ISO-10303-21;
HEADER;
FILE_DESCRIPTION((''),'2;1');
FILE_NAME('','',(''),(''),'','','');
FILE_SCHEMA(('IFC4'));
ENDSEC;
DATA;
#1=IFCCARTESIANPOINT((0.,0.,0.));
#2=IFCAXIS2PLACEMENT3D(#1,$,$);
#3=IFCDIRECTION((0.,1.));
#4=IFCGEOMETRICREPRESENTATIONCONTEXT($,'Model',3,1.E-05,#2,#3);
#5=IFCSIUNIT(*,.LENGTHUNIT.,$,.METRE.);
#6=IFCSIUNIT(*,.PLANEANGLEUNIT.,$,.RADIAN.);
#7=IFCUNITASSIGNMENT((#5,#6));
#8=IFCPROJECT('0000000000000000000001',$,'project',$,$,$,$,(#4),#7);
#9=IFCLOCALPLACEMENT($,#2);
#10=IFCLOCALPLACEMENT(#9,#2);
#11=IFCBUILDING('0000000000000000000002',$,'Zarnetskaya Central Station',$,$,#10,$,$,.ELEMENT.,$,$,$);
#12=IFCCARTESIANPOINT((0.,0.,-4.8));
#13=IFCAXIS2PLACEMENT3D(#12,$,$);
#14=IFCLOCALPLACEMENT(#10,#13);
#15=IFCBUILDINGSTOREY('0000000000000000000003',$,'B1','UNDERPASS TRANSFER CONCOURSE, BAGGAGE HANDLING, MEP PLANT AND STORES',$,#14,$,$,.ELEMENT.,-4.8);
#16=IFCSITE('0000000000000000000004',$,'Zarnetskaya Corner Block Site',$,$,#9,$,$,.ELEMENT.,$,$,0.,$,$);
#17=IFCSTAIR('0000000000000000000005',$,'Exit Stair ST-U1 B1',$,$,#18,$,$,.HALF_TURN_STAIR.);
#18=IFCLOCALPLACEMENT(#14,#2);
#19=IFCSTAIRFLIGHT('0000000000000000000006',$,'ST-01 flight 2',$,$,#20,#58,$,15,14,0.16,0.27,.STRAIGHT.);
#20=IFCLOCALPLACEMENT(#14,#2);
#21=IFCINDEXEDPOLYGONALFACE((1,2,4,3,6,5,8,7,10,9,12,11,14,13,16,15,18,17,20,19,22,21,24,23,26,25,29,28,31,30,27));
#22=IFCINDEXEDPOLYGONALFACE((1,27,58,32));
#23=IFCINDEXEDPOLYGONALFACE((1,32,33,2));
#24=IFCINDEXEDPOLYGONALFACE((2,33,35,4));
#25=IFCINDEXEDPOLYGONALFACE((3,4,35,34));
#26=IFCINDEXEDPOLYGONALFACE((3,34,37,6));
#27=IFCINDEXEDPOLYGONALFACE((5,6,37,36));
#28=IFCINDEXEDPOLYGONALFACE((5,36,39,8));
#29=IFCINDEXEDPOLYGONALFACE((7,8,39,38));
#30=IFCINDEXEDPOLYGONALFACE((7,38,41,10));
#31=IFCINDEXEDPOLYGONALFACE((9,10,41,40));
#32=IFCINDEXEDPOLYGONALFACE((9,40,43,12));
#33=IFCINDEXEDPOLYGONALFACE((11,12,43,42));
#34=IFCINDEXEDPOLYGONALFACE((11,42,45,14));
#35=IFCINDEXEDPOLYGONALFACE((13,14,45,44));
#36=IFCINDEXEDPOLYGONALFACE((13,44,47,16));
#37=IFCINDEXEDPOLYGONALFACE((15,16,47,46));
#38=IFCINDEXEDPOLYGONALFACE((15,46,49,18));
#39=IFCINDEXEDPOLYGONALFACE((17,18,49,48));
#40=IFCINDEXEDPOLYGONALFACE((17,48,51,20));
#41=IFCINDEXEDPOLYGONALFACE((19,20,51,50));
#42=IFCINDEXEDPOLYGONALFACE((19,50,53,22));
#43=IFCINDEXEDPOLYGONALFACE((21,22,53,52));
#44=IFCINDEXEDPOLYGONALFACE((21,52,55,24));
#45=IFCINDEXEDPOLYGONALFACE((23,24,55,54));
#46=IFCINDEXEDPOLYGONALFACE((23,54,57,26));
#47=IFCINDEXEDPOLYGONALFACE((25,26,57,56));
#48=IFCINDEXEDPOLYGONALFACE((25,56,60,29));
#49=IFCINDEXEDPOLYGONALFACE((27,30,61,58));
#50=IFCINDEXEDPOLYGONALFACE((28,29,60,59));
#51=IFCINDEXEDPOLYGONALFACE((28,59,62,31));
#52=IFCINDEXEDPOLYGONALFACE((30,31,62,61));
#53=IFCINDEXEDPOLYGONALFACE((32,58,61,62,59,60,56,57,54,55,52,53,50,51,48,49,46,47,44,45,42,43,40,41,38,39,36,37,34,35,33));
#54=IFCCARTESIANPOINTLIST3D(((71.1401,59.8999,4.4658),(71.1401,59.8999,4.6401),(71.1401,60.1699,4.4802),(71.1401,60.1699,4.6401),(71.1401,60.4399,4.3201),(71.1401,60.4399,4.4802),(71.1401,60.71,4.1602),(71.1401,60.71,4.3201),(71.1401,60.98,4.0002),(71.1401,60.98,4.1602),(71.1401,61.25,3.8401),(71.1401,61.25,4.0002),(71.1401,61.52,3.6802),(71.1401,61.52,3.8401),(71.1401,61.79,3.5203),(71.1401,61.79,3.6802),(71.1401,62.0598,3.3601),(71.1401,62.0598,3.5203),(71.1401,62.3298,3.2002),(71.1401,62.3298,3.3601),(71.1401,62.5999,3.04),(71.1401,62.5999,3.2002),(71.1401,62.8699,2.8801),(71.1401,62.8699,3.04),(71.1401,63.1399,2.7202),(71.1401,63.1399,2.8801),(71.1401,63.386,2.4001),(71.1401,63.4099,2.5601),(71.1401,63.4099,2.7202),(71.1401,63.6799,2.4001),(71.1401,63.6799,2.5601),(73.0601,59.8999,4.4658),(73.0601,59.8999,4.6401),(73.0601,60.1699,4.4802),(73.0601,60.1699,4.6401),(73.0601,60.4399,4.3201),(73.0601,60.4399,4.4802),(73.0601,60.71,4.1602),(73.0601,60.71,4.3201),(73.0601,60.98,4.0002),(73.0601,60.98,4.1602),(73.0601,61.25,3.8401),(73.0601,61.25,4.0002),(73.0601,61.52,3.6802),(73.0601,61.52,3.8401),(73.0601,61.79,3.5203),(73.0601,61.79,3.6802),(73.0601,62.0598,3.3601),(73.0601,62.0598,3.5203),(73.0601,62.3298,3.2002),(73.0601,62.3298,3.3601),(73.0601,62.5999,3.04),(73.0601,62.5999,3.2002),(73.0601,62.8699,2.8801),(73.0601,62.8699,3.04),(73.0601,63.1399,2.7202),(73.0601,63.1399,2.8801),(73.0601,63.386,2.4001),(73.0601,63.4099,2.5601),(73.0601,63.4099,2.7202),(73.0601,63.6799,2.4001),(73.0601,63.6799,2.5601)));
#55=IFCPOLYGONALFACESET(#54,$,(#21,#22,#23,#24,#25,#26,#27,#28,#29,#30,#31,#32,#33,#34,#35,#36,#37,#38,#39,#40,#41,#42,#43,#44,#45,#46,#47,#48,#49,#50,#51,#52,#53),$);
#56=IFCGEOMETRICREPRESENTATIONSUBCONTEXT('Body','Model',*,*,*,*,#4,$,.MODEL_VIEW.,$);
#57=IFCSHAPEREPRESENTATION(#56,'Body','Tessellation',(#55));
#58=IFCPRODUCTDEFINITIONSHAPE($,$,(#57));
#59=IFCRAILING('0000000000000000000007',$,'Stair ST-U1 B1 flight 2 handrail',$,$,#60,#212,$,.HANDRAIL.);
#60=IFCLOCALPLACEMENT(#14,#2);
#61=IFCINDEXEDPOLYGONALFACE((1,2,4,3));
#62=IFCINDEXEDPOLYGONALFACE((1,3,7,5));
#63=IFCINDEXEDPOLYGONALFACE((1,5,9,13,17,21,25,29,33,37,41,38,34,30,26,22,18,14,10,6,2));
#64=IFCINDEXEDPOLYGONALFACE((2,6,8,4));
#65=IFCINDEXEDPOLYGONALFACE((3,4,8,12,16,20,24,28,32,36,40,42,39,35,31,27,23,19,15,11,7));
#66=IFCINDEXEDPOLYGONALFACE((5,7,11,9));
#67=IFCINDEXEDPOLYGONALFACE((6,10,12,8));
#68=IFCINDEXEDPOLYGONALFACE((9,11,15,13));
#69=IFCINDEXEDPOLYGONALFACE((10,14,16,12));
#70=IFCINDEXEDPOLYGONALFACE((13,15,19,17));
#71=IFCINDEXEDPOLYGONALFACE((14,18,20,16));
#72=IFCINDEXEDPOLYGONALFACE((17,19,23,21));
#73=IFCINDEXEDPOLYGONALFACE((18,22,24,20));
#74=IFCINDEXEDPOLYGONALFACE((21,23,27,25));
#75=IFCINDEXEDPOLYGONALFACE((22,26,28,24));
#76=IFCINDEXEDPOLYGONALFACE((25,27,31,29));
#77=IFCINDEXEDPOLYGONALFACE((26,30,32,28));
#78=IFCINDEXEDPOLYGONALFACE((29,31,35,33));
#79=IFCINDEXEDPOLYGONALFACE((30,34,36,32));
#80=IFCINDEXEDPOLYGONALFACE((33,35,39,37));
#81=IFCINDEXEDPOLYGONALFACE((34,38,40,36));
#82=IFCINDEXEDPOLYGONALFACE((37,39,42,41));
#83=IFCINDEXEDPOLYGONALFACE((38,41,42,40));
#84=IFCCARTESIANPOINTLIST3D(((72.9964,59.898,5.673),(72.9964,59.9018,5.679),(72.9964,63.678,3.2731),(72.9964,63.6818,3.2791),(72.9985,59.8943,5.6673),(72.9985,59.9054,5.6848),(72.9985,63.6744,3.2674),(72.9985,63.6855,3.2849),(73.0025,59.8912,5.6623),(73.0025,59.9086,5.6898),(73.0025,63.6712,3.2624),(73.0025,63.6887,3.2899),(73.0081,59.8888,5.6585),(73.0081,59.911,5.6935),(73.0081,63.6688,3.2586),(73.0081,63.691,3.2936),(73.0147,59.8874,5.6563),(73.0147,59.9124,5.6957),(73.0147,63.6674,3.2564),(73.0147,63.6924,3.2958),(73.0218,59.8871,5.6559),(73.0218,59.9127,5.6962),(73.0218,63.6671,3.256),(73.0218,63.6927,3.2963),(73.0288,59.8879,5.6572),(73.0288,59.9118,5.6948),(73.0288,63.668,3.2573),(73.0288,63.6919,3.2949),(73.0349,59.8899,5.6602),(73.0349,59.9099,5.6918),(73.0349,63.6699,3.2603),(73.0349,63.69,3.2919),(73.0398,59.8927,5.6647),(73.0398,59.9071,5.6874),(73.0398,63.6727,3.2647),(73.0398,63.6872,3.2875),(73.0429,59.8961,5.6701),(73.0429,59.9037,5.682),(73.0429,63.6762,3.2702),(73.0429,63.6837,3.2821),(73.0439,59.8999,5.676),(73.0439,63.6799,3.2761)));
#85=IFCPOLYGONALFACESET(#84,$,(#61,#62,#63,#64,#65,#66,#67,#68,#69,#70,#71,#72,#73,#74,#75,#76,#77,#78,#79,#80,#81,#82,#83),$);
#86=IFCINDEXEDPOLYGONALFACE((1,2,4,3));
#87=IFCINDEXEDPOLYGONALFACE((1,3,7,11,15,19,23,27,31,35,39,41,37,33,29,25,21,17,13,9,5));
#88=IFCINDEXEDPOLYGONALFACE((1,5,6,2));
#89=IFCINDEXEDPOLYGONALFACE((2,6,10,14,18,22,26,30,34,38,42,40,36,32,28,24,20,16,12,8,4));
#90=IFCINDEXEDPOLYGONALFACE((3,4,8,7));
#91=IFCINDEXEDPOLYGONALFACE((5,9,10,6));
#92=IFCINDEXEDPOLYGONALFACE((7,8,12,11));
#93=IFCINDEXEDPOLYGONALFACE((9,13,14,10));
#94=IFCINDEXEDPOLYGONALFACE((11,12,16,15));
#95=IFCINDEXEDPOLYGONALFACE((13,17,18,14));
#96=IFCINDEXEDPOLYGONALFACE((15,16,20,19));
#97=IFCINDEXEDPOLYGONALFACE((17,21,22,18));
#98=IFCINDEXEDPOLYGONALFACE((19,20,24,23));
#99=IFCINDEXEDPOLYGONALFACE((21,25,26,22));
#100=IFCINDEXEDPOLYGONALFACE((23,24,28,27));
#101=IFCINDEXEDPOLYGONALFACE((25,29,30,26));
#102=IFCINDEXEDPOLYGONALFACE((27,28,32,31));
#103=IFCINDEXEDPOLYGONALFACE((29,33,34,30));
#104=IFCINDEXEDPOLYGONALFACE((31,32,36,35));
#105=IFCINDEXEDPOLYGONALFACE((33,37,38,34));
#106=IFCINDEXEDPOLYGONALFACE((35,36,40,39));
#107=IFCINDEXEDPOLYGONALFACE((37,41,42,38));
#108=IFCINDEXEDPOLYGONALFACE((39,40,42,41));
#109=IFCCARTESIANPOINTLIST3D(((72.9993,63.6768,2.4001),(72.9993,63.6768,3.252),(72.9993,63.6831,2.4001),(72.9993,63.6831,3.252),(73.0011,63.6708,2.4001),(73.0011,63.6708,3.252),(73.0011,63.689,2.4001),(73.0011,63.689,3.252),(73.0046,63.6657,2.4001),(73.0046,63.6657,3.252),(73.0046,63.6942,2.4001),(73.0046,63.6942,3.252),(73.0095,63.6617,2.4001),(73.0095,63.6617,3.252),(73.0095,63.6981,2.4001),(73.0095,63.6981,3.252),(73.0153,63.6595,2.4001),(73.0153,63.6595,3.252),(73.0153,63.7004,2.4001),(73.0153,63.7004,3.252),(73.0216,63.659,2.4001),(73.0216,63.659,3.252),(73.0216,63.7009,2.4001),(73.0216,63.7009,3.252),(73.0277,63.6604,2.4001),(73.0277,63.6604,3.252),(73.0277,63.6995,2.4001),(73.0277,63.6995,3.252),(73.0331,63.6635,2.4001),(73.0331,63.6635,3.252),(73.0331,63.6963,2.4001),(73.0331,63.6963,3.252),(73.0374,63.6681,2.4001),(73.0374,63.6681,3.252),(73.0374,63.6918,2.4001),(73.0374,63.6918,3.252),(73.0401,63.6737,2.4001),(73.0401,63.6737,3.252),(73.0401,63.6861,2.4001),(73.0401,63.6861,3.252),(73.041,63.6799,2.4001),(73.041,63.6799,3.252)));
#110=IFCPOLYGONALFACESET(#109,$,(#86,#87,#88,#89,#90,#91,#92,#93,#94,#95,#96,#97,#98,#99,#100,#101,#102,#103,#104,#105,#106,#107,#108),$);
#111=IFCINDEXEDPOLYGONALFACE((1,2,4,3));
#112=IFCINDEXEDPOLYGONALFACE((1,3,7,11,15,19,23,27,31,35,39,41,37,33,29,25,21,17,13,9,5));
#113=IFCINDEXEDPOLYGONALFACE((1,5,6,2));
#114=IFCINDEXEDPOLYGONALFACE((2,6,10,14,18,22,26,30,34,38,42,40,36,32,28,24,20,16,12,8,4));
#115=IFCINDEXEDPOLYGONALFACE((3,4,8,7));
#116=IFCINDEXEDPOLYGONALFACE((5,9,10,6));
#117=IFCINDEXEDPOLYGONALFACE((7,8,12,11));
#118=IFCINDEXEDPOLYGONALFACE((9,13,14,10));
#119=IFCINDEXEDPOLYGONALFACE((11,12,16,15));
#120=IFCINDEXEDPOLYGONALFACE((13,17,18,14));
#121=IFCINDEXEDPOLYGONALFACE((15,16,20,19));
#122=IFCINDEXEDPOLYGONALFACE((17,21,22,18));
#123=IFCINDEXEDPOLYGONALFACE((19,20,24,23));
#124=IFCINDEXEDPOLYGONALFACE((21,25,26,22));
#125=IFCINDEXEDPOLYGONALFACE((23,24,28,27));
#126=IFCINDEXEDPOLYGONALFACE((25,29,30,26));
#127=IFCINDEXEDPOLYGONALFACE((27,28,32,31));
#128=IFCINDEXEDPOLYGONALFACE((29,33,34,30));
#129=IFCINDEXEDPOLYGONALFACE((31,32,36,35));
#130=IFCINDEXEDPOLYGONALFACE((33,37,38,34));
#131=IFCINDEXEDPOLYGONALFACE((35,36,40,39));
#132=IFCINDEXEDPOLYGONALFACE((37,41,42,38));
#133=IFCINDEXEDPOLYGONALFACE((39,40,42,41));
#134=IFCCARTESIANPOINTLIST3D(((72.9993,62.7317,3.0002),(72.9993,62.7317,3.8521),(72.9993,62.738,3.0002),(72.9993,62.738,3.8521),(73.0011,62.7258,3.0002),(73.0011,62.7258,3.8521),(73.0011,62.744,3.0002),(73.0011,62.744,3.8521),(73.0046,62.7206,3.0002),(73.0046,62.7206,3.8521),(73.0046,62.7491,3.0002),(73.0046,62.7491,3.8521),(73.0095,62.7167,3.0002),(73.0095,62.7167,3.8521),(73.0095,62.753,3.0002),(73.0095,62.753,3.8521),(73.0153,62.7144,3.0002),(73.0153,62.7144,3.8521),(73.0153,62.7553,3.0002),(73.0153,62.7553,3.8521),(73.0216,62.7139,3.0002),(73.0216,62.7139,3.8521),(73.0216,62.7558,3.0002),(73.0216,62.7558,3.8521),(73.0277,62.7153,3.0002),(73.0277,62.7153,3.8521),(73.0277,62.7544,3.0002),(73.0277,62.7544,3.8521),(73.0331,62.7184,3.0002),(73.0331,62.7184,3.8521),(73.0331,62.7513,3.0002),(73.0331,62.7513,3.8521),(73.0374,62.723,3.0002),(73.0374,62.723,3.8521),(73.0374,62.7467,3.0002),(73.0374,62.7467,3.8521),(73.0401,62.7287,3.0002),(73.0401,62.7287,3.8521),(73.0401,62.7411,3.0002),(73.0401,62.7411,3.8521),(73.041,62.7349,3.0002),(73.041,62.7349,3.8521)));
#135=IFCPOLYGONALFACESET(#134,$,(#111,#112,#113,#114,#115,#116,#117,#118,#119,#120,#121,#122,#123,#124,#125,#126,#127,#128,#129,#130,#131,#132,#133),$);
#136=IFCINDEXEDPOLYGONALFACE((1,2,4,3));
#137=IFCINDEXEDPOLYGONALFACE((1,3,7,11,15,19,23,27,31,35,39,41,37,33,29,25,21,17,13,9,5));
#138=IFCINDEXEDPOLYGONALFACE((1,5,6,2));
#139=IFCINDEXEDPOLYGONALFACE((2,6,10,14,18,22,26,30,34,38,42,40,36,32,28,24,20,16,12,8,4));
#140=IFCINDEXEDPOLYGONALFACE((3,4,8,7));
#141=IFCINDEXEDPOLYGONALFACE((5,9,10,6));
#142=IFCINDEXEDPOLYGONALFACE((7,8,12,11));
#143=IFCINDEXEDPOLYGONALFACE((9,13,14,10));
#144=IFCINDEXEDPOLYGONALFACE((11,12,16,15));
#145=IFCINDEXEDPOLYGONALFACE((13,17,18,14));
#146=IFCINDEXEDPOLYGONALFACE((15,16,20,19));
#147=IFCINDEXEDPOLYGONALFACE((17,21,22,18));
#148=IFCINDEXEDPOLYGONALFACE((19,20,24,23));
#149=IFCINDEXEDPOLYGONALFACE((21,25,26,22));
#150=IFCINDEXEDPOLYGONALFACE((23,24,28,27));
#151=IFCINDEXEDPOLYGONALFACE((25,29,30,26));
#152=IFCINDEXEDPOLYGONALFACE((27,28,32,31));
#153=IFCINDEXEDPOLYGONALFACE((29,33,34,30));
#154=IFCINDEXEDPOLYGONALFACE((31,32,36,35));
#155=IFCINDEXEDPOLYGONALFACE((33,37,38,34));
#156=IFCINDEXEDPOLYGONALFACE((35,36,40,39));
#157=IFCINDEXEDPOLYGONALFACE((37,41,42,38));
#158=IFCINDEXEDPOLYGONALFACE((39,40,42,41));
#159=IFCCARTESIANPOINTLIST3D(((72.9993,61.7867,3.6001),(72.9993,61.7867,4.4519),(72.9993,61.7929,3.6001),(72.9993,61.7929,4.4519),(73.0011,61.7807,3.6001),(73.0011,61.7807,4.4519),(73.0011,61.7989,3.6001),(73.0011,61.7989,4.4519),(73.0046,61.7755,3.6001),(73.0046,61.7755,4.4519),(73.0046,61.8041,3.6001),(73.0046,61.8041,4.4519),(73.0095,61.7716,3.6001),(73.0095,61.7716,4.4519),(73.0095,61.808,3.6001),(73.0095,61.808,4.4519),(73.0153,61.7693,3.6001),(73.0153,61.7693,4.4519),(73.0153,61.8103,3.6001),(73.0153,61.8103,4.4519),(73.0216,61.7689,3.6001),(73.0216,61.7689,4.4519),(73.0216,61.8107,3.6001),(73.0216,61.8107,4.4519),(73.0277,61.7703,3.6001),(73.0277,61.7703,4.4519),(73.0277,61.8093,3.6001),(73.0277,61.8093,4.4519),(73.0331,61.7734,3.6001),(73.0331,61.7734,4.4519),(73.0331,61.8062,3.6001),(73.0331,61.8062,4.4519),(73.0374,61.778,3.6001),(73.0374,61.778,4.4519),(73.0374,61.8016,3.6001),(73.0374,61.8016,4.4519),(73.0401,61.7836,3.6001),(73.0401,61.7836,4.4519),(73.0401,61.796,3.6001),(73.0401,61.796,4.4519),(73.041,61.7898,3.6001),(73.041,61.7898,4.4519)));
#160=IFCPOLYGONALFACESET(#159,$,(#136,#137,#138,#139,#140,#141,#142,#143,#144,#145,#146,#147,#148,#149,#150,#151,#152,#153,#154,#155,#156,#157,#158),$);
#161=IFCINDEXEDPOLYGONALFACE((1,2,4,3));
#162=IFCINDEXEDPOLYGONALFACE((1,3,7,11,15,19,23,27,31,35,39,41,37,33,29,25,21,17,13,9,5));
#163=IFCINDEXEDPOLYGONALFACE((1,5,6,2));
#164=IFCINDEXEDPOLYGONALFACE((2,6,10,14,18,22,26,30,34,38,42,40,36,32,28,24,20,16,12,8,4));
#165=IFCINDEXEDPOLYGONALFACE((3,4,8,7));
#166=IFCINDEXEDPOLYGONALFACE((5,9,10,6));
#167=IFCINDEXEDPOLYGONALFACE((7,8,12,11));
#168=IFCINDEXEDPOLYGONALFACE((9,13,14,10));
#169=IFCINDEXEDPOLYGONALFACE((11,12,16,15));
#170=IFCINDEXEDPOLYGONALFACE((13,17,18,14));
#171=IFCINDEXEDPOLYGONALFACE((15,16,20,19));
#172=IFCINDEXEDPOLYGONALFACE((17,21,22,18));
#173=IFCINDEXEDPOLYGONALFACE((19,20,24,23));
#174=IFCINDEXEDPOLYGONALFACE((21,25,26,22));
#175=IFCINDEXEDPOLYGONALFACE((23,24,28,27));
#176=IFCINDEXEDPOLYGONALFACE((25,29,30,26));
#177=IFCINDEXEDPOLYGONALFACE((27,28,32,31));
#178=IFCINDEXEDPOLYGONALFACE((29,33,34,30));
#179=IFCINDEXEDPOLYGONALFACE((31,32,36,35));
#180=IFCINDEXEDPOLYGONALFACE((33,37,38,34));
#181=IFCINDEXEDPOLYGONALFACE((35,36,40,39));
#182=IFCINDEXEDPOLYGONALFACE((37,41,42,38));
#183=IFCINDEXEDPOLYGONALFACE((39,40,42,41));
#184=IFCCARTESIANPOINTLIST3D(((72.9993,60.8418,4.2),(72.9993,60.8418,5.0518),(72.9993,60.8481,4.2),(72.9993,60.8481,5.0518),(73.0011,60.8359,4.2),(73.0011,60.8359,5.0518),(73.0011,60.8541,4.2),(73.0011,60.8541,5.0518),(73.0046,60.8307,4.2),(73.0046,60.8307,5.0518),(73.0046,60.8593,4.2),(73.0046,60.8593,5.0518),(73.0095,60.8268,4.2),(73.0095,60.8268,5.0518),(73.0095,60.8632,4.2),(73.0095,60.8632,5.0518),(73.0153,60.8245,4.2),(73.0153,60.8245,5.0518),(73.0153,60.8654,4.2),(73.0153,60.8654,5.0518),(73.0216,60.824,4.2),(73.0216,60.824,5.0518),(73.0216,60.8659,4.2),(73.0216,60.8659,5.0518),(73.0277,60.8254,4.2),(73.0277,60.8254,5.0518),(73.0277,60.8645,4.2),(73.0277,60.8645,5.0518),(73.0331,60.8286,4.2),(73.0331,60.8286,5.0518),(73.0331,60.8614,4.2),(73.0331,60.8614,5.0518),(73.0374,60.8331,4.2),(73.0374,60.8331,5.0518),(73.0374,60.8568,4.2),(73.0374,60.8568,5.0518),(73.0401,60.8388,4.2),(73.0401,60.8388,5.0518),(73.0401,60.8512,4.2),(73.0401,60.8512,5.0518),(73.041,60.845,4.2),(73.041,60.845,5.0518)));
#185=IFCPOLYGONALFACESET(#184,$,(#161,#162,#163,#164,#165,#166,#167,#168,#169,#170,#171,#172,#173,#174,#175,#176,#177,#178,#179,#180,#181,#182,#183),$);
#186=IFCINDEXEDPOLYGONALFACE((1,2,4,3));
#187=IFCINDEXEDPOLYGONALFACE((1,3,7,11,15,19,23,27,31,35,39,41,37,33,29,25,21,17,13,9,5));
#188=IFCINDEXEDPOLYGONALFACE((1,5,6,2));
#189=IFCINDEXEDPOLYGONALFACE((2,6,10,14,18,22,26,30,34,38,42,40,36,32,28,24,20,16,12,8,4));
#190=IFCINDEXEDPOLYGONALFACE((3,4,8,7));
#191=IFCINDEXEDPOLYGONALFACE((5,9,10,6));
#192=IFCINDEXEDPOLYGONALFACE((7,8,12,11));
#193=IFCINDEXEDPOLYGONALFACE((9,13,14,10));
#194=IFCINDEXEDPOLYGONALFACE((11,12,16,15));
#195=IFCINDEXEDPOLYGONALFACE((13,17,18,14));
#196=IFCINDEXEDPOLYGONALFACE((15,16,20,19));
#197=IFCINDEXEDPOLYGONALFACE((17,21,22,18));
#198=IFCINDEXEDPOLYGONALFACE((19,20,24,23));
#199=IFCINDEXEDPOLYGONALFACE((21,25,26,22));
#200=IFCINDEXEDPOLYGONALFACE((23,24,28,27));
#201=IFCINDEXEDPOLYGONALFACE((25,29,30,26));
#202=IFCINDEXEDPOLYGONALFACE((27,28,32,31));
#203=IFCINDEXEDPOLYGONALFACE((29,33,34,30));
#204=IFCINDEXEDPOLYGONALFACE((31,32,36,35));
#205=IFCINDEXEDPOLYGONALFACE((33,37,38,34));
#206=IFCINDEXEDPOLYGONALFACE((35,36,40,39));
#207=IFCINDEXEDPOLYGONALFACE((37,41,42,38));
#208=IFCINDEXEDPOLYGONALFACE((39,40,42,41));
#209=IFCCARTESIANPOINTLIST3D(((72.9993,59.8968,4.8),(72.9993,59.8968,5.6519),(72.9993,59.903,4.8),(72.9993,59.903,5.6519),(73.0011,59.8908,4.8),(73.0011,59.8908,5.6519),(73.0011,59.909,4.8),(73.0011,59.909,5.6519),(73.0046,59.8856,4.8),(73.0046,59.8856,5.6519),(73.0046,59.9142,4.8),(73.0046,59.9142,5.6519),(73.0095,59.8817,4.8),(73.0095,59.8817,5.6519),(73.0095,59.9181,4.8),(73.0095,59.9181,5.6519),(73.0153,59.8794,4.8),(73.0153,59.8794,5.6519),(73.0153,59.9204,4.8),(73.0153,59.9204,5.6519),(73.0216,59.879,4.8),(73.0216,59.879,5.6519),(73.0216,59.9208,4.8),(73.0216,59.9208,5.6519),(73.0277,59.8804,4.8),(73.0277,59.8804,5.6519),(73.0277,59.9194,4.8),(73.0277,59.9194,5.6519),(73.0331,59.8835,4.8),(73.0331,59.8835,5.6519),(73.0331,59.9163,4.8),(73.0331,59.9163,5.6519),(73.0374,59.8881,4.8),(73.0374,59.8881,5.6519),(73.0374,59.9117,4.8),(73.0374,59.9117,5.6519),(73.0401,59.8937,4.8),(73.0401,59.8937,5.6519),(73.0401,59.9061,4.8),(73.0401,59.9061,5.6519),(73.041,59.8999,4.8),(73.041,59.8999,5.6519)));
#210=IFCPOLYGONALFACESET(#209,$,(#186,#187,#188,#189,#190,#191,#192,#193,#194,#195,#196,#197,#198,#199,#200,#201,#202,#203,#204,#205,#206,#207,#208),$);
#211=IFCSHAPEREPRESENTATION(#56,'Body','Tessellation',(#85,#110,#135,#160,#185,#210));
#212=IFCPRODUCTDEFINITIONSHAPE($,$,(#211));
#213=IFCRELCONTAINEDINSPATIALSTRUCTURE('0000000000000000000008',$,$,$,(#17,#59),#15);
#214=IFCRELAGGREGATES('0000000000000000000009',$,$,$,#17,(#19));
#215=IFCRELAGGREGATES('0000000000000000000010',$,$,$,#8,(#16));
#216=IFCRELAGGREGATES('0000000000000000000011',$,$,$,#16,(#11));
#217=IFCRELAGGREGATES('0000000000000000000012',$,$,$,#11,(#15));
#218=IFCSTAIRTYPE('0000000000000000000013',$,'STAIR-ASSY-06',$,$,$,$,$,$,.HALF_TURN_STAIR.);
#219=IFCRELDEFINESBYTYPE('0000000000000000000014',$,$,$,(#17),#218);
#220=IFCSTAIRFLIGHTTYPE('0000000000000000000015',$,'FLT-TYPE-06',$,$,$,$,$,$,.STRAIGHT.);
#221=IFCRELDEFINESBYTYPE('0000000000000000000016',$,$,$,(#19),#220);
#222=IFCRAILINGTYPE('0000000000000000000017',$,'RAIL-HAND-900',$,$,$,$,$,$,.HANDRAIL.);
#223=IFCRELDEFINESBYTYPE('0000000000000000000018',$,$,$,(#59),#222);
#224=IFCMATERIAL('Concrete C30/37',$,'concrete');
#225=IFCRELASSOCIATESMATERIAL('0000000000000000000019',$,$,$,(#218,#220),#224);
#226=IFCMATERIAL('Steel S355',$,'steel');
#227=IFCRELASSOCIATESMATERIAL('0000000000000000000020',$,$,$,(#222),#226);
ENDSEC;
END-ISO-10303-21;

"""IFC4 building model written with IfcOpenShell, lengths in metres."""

from ifc_helpers import new_model, si_unit, direction, frame, origin, origin_2d, place, context, subcontext, project, spatial, polyline, circle, outline, extrude, material, type_object, element, aggregate, save


model = new_model("IFC4")

# Units and contexts
model_context = context("Model", 3, precision=1e-05, world=origin(), true_north=direction((0.0, 1.0)))
body_context = subcontext(model_context, "Body", "Model", "MODEL_VIEW")
ifc_project = project(units=[si_unit("LENGTHUNIT", "METRE"), si_unit("PLANEANGLEUNIT", "RADIAN")], contexts=[model_context])

# Site, building, storey
site_placement = place(None, origin())
site = spatial("IfcSite", under=ifc_project, at=site_placement, Name="Zarnetskaya Corner Block Site", CompositionType="ELEMENT", RefElevation=0.0)
building_placement = place(site_placement, origin())
building = spatial("IfcBuilding", under=site, at=building_placement, Name="Zarnetskaya Central Station", CompositionType="ELEMENT")
storey_placement = place(building_placement, frame((0.0, 0.0, -4.8)))
storey = spatial("IfcBuildingStorey", under=building, at=storey_placement, Name="B1", Description="UNDERPASS TRANSFER CONCOURSE, BAGGAGE HANDLING, MEP PLANT AND STORES", CompositionType="ELEMENT", Elevation=-4.8)

# Stair, stair flight
ifc_material_1 = material(Name="Concrete C30/37", Category="concrete")
stair_type = type_object("IfcStairType", Name="STAIR-ASSY-06", PredefinedType="HALF_TURN_STAIR", material=ifc_material_1)
stair_placement = place(storey_placement, origin())
stair = element("IfcStair", 1, at=stair_placement, inside=storey, type_object=stair_type, Name="Exit Stair ST-U1 B1", PredefinedType="HALF_TURN_STAIR")
stair_flight_type = type_object("IfcStairFlightType", Name="FLT-TYPE-06", PredefinedType="STRAIGHT", material=ifc_material_1)
stair_flight_placement = place(storey_placement, frame((72.1001, 63.6799, 2.4001), z_axis=(0.0, 0.0, 1.0), x_axis=(0.0, -1.0, 0.0)))
stair_flight = element("IfcStairFlight", 2, at=stair_flight_placement, type_object=stair_flight_type, Name="ST-01 flight 2", NumberOfRisers=15, NumberOfTreads=14, PredefinedType="STRAIGHT", RiserHeight=0.16, TreadLength=0.27, context=body_context, shape_type="SweptSolid", body=[
    extrude(outline(polyline([(0.0, 0.0), (0.0, 0.1599), (0.27, 0.1599), (0.27, 0.3201), (0.54, 0.3201), (0.54, 0.48), (0.8101, 0.48), (0.8101, 0.6399), (1.0801, 0.6399), (1.0801, 0.8), (1.3501, 0.8), (1.3501, 0.96), (1.6201, 0.96), (1.6201, 1.1201), (1.8899, 1.1201), (1.8899, 1.28), (2.1599, 1.28), (2.1599, 1.4399), (2.4299, 1.4399), (2.4299, 1.6001), (2.7, 1.6001), (2.7, 1.76), (2.97, 1.76), (2.97, 1.9199), (3.24, 1.9199), (3.24, 2.0801), (3.51, 2.0801), (3.51, 2.24), (3.78, 2.24), (3.78, 2.3999), (3.78, 2.0657), (0.2939, 0.0), (0.0, 0.0)])), frame((0.0, 0.96, 0.0), z_axis=(0.0, -1.0, 0.0), x_axis=(1.0, 0.0, 0.0)), (0.0, 0.0, 1.0), 1.9199),
])
aggregate(stair, [stair_flight])

# Railing
ifc_material_2 = material(Name="Steel S355", Category="steel")
railing_type_1 = type_object("IfcRailingType", Name="RAIL-HAND-900", PredefinedType="HANDRAIL", material=ifc_material_2)
railing_1_placement = place(storey_placement, frame((73.02, 63.6799, 2.4001)))
element("IfcRailing", 3, at=railing_1_placement, inside=storey, type_object=railing_type_1, Name="Stair ST-U1 B1 flight 2 handrail", PredefinedType="HANDRAIL", context=body_context, shape_type="SweptSolid", body=[
    extrude(circle(Radius=0.0239, at=origin_2d()), frame((0.0, 0.0, 0.876), z_axis=(0.0, -0.844225, 0.53599), x_axis=(1.0, 0.0, 0.0)), (0.0, 0.0, 1.0), 4.4775),
    extrude(circle(Radius=0.021, at=origin_2d()), origin(), (0.0, 0.0, 1.0), 0.8518),
    extrude(circle(Radius=0.021, at=origin_2d()), frame((0.0, -0.9451, 0.6001)), (0.0, 0.0, 1.0), 0.8518),
    extrude(circle(Radius=0.021, at=origin_2d()), frame((0.0, -1.8901, 1.2)), (0.0, 0.0, 1.0), 0.8518),
    extrude(circle(Radius=0.021, at=origin_2d()), frame((0.0, -2.835, 1.7998)), (0.0, 0.0, 1.0), 0.8518),
    extrude(circle(Radius=0.021, at=origin_2d()), frame((0.0, -3.78, 2.3999)), (0.0, 0.0, 1.0), 0.8518),
])

save(model, "model.ifc")
